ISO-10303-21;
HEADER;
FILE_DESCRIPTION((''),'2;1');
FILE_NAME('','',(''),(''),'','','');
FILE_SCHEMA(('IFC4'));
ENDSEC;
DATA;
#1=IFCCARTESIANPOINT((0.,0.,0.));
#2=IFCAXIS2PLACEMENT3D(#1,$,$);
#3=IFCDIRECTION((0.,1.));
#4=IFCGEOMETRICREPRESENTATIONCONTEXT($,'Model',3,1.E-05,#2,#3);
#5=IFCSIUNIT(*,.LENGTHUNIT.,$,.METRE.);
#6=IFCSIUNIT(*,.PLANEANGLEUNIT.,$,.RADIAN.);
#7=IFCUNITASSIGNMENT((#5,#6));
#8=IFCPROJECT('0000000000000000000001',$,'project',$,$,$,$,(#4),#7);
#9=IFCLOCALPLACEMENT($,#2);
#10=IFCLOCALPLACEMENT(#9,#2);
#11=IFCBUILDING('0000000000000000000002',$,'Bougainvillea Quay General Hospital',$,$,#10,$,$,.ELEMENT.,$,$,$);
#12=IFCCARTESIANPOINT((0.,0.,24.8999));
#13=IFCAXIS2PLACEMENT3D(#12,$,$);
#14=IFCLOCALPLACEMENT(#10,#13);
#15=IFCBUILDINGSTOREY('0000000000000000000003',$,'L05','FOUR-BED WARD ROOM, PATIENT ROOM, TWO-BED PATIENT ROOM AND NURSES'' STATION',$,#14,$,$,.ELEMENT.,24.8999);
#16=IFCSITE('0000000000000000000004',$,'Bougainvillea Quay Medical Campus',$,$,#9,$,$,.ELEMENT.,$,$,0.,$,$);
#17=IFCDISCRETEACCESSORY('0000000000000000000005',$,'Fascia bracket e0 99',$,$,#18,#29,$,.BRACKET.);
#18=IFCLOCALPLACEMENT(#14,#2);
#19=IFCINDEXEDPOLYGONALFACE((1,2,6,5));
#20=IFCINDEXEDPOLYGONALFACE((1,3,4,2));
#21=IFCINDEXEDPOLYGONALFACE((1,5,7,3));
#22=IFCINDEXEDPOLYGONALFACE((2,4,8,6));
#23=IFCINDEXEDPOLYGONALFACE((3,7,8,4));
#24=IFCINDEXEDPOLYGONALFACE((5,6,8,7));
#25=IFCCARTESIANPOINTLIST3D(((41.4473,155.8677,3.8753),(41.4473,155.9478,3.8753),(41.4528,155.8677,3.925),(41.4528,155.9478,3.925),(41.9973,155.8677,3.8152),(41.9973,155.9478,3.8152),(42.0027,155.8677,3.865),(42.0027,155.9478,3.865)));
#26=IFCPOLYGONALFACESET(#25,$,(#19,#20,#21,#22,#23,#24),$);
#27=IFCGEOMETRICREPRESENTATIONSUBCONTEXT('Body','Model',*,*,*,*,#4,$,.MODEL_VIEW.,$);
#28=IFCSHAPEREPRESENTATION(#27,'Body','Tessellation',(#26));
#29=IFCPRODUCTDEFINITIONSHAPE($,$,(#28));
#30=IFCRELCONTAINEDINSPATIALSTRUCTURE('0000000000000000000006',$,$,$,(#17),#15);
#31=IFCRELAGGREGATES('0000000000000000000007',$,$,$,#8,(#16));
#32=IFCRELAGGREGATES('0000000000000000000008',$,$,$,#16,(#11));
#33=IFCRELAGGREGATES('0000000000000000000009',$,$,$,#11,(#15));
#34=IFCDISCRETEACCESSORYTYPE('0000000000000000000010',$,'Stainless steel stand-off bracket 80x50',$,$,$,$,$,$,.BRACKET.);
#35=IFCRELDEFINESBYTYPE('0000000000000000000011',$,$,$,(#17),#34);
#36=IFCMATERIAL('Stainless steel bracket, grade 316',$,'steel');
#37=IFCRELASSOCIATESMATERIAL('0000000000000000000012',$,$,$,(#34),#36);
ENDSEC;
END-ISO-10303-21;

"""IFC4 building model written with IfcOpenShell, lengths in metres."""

from ifc_helpers import new_model, si_unit, direction, frame, origin, origin_2d, place, context, subcontext, project, spatial, rectangle, extrude, material, material_profile, profile_set, type_object, element, save


model = new_model("IFC4")

# Units and contexts
model_context = context("Model", 3, precision=1e-05, world=origin(), true_north=direction((0.0, 1.0)))
body_context = subcontext(model_context, "Body", "Model", "MODEL_VIEW")
ifc_project = project(units=[si_unit("LENGTHUNIT", "METRE"), si_unit("PLANEANGLEUNIT", "RADIAN")], contexts=[model_context])

# Site, building, storey
site_placement = place(None, origin())
site = spatial("IfcSite", under=ifc_project, at=site_placement, Name="Bougainvillea Quay Medical Campus", CompositionType="ELEMENT", RefElevation=0.0)
building_placement = place(site_placement, origin())
building = spatial("IfcBuilding", under=site, at=building_placement, Name="Bougainvillea Quay General Hospital", CompositionType="ELEMENT")
storey_placement = place(building_placement, frame((0.0, 0.0, 24.8999)))
storey = spatial("IfcBuildingStorey", under=building, at=storey_placement, Name="L05", Description="FOUR-BED WARD ROOM, PATIENT ROOM, TWO-BED PATIENT ROOM AND NURSES' STATION", CompositionType="ELEMENT", Elevation=24.8999)

# Discrete accessory
ifc_material_1 = material(Name="Stainless steel bracket, grade 316", Category="steel")
ifc_material_profile_1 = material_profile(ifc_material_1, rectangle(XDim=0.0801, YDim=0.05, at=origin_2d()))
ifc_profile_set_1 = profile_set([ifc_material_profile_1], Name="Stainless steel bracket, grade 316")
discrete_accessory_type = type_object("IfcDiscreteAccessoryType", Name="Stainless steel stand-off bracket 80x50", PredefinedType="BRACKET", material=ifc_profile_set_1)
for number, where, z_axis, x_axis, name in (
    (1, (42.0, 155.9077, 3.8401), (-0.994092, 0.0, 0.108543), (0.0, -1.0, 0.0), "Fascia bracket e0 99"),
):
    element("IfcDiscreteAccessory", number, at=place(storey_placement, frame(where, z_axis=z_axis, x_axis=x_axis)), inside=storey, type_object=discrete_accessory_type, Name=name, PredefinedType="BRACKET", context=body_context, shape_type="SweptSolid", body=[
        extrude(rectangle(XDim=0.0801, YDim=0.05, at=origin_2d()), origin(), (0.0, 0.0, 1.0), 0.5532),
    ])

save(model, "model.ifc")
